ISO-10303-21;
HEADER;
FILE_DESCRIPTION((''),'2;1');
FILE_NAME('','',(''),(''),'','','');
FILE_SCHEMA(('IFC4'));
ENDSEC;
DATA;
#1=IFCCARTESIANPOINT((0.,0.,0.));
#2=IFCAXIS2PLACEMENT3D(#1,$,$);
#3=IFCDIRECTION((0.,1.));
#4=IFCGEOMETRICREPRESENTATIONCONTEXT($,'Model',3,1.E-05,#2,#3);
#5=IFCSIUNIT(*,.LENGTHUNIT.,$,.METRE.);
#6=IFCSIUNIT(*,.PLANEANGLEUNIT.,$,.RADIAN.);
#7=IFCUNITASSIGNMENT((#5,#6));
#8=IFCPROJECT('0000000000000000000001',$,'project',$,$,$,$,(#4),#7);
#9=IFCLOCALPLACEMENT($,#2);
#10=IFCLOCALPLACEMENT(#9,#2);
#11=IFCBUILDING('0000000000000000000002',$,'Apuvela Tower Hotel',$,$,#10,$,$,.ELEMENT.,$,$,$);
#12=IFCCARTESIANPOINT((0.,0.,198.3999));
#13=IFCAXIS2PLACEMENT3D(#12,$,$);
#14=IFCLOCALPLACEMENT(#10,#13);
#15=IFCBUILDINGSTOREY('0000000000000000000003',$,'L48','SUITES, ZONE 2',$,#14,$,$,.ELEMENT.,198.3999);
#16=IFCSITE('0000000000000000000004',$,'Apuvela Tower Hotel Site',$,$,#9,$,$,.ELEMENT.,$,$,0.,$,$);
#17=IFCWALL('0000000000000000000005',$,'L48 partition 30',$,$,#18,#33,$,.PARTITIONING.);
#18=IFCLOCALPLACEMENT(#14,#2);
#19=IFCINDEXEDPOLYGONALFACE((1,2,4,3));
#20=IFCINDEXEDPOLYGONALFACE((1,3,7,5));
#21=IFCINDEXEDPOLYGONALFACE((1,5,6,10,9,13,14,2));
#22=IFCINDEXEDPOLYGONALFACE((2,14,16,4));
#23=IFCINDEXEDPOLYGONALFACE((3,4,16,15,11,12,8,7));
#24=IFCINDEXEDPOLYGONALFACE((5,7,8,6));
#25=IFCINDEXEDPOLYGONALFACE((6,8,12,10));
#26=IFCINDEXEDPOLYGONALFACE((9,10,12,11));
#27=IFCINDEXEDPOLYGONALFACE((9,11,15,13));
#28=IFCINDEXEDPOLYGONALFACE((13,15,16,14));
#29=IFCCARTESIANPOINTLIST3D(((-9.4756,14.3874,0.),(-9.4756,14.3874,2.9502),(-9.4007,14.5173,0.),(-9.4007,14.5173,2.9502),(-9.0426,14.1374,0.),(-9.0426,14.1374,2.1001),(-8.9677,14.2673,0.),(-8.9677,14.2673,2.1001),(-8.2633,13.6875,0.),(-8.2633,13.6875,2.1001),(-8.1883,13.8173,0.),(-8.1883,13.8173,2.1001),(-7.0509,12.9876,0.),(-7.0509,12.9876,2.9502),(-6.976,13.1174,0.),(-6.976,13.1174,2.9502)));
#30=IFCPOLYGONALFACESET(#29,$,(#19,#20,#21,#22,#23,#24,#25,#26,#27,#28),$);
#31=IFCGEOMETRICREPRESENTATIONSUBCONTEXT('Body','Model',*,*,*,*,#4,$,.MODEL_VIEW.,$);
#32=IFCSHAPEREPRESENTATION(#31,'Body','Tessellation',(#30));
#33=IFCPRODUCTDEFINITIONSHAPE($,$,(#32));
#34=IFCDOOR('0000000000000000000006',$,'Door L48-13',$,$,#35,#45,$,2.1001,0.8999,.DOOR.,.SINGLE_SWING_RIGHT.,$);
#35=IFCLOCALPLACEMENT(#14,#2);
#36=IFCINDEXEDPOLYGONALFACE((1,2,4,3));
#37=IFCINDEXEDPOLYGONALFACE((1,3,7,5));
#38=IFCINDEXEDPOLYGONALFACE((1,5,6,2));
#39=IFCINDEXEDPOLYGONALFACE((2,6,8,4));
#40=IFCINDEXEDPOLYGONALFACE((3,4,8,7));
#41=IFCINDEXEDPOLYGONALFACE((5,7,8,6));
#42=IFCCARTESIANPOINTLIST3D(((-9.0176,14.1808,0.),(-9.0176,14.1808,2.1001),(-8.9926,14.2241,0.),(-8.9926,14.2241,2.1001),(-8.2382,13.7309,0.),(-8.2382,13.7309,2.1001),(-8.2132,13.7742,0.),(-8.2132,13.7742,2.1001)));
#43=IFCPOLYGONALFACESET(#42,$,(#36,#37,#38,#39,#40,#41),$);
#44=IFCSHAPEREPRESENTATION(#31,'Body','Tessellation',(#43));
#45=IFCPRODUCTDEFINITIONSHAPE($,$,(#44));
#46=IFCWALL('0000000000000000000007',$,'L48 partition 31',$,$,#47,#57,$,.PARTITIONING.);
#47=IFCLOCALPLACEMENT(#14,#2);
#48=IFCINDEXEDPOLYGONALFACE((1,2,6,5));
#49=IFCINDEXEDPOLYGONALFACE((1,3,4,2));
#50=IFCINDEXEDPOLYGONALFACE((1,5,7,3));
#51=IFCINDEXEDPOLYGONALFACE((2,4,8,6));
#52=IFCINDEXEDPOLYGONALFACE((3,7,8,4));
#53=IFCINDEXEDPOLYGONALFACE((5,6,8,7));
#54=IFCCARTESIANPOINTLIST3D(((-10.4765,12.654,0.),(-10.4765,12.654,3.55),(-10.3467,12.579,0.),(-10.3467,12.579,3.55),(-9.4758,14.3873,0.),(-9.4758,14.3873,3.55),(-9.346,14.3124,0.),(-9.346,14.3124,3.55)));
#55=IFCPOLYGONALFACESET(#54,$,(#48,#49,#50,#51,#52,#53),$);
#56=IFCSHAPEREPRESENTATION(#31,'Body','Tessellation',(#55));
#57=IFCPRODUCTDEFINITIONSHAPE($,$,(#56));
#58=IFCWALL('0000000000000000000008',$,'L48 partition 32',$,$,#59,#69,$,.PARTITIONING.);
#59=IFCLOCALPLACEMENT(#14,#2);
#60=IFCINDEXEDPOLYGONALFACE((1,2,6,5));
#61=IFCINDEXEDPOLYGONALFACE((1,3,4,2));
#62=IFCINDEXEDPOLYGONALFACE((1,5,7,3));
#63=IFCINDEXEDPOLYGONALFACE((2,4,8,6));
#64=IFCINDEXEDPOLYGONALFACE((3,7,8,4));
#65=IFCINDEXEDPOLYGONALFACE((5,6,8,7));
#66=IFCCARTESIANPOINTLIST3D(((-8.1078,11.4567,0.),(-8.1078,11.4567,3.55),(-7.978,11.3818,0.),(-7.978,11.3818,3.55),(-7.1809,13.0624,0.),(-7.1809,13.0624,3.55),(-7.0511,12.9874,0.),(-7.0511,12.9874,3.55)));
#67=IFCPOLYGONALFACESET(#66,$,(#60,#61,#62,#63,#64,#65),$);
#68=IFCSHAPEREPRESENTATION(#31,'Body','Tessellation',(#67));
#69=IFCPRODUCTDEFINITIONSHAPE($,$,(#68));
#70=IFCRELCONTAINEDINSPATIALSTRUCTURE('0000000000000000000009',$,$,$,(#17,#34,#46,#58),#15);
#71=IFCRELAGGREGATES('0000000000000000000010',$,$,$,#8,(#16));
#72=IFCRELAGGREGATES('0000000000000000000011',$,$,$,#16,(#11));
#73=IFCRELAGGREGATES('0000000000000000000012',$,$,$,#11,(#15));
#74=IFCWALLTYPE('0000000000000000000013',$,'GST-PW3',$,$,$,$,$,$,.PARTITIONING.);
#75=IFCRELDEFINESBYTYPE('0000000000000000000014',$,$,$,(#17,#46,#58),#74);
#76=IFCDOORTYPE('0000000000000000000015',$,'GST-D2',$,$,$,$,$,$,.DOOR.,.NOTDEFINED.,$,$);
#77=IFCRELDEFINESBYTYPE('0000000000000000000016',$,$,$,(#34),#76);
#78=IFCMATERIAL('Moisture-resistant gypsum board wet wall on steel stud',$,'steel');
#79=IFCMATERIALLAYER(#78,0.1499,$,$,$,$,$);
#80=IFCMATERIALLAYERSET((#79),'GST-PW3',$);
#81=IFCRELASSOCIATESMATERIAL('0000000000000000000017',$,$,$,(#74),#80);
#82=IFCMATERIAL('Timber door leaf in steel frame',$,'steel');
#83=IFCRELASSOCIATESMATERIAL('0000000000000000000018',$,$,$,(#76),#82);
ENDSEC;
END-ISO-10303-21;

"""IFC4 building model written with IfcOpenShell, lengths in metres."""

from ifc_helpers import new_model, si_unit, direction, frame, frame_2d, origin, place, context, subcontext, project, spatial, rectangle, extrude, material, layer, layer_set, type_object, element, fill, save


model = new_model("IFC4")

# Units and contexts
model_context = context("Model", 3, precision=1e-05, world=origin(), true_north=direction((0.0, 1.0)))
body_context = subcontext(model_context, "Body", "Model", "MODEL_VIEW")
ifc_project = project(units=[si_unit("LENGTHUNIT", "METRE"), si_unit("PLANEANGLEUNIT", "RADIAN")], contexts=[model_context])

# Site, building, storey
site_placement = place(None, origin())
site = spatial("IfcSite", under=ifc_project, at=site_placement, Name="Apuvela Tower Hotel Site", CompositionType="ELEMENT", RefElevation=0.0)
building_placement = place(site_placement, origin())
building = spatial("IfcBuilding", under=site, at=building_placement, Name="Apuvela Tower Hotel", CompositionType="ELEMENT")
storey_placement = place(building_placement, frame((0.0, 0.0, 198.3999)))
storey = spatial("IfcBuildingStorey", under=building, at=storey_placement, Name="L48", Description="SUITES, ZONE 2", CompositionType="ELEMENT", Elevation=198.3999)

# Wall, opening, door
ifc_material_1 = material(Name="Moisture-resistant gypsum board wet wall on steel stud", Category="steel")
ifc_layer_1 = layer(ifc_material_1, 0.1499)
ifc_layer_set_1 = layer_set([ifc_layer_1], Name="GST-PW3")
wall_type_1 = type_object("IfcWallType", Name="GST-PW3", PredefinedType="PARTITIONING", material=ifc_layer_set_1)
wall_1_placement = place(storey_placement, frame((-7.0134, 13.0525, 0.0), z_axis=(0.0, 0.0, 1.0), x_axis=(-0.866035, 0.499984, 0.0)))
wall_1 = element("IfcWall", 1, at=wall_1_placement, inside=storey, type_object=wall_type_1, Name="L48 partition 30", PredefinedType="PARTITIONING", context=body_context, shape_type="SweptSolid", body=[
    extrude(rectangle(XDim=2.7998, YDim=0.1499, at=frame_2d((1.3999, 0.0))), origin(), (0.0, 0.0, 1.0), 2.9502),
])
opening_1_placement = place(wall_1_placement, frame((1.3999, 0.0, 0.0)))
opening_1 = element("IfcOpeningElement", 2, at=opening_1_placement, cuts=wall_1, PredefinedType="OPENING", context=body_context, shape_type="SweptSolid", body=[
    extrude(rectangle(XDim=0.8999, YDim=2.1001, at=frame_2d((0.45, 1.05))), frame((0.0, 0.085, 0.0), z_axis=(0.0, -1.0, 0.0), x_axis=(1.0, 0.0, 0.0)), (0.0, 0.0, 1.0), 0.1699),
])
ifc_material_2 = material(Name="Timber door leaf in steel frame", Category="steel")
door_type_1 = type_object("IfcDoorType", Name="GST-D2", OperationType="NOTDEFINED", PredefinedType="DOOR", material=ifc_material_2)
door_1_placement = place(opening_1_placement, origin())
door_1 = element("IfcDoor", 3, at=door_1_placement, inside=storey, type_object=door_type_1, Name="Door L48-13", OperationType="SINGLE_SWING_RIGHT", OverallHeight=2.1001, OverallWidth=0.8999, PredefinedType="DOOR", context=body_context, shape_type="SweptSolid", body=[
    extrude(rectangle(XDim=0.8999, YDim=2.1001, at=frame_2d((0.45, 1.05))), frame((0.0, 0.0249, 0.0), z_axis=(0.0, -1.0, 0.0), x_axis=(1.0, 0.0, 0.0)), (0.0, 0.0, 1.0), 0.05),
])
fill(opening_1, door_1)

# Walls
wall_2_placement = place(storey_placement, frame((-9.4109, 14.3499, 0.0), z_axis=(0.0, 0.0, 1.0), x_axis=(-0.499983, -0.866035, 0.0)))
element("IfcWall", 4, at=wall_2_placement, inside=storey, type_object=wall_type_1, Name="L48 partition 31", PredefinedType="PARTITIONING", context=body_context, shape_type="SweptSolid", body=[
    extrude(rectangle(XDim=2.0015, YDim=0.1499, at=frame_2d((1.0007, 0.0))), origin(), (0.0, 0.0, 1.0), 3.55),
])
wall_3_placement = place(storey_placement, frame((-7.116, 13.0249, 0.0), z_axis=(0.0, 0.0, 1.0), x_axis=(-0.499977, -0.866039, 0.0)))
element("IfcWall", 5, at=wall_3_placement, inside=storey, type_object=wall_type_1, Name="L48 partition 32", PredefinedType="PARTITIONING", context=body_context, shape_type="SweptSolid", body=[
    extrude(rectangle(XDim=1.854, YDim=0.1499, at=frame_2d((0.927, 0.0))), origin(), (0.0, 0.0, 1.0), 3.55),
])

save(model, "model.ifc")
